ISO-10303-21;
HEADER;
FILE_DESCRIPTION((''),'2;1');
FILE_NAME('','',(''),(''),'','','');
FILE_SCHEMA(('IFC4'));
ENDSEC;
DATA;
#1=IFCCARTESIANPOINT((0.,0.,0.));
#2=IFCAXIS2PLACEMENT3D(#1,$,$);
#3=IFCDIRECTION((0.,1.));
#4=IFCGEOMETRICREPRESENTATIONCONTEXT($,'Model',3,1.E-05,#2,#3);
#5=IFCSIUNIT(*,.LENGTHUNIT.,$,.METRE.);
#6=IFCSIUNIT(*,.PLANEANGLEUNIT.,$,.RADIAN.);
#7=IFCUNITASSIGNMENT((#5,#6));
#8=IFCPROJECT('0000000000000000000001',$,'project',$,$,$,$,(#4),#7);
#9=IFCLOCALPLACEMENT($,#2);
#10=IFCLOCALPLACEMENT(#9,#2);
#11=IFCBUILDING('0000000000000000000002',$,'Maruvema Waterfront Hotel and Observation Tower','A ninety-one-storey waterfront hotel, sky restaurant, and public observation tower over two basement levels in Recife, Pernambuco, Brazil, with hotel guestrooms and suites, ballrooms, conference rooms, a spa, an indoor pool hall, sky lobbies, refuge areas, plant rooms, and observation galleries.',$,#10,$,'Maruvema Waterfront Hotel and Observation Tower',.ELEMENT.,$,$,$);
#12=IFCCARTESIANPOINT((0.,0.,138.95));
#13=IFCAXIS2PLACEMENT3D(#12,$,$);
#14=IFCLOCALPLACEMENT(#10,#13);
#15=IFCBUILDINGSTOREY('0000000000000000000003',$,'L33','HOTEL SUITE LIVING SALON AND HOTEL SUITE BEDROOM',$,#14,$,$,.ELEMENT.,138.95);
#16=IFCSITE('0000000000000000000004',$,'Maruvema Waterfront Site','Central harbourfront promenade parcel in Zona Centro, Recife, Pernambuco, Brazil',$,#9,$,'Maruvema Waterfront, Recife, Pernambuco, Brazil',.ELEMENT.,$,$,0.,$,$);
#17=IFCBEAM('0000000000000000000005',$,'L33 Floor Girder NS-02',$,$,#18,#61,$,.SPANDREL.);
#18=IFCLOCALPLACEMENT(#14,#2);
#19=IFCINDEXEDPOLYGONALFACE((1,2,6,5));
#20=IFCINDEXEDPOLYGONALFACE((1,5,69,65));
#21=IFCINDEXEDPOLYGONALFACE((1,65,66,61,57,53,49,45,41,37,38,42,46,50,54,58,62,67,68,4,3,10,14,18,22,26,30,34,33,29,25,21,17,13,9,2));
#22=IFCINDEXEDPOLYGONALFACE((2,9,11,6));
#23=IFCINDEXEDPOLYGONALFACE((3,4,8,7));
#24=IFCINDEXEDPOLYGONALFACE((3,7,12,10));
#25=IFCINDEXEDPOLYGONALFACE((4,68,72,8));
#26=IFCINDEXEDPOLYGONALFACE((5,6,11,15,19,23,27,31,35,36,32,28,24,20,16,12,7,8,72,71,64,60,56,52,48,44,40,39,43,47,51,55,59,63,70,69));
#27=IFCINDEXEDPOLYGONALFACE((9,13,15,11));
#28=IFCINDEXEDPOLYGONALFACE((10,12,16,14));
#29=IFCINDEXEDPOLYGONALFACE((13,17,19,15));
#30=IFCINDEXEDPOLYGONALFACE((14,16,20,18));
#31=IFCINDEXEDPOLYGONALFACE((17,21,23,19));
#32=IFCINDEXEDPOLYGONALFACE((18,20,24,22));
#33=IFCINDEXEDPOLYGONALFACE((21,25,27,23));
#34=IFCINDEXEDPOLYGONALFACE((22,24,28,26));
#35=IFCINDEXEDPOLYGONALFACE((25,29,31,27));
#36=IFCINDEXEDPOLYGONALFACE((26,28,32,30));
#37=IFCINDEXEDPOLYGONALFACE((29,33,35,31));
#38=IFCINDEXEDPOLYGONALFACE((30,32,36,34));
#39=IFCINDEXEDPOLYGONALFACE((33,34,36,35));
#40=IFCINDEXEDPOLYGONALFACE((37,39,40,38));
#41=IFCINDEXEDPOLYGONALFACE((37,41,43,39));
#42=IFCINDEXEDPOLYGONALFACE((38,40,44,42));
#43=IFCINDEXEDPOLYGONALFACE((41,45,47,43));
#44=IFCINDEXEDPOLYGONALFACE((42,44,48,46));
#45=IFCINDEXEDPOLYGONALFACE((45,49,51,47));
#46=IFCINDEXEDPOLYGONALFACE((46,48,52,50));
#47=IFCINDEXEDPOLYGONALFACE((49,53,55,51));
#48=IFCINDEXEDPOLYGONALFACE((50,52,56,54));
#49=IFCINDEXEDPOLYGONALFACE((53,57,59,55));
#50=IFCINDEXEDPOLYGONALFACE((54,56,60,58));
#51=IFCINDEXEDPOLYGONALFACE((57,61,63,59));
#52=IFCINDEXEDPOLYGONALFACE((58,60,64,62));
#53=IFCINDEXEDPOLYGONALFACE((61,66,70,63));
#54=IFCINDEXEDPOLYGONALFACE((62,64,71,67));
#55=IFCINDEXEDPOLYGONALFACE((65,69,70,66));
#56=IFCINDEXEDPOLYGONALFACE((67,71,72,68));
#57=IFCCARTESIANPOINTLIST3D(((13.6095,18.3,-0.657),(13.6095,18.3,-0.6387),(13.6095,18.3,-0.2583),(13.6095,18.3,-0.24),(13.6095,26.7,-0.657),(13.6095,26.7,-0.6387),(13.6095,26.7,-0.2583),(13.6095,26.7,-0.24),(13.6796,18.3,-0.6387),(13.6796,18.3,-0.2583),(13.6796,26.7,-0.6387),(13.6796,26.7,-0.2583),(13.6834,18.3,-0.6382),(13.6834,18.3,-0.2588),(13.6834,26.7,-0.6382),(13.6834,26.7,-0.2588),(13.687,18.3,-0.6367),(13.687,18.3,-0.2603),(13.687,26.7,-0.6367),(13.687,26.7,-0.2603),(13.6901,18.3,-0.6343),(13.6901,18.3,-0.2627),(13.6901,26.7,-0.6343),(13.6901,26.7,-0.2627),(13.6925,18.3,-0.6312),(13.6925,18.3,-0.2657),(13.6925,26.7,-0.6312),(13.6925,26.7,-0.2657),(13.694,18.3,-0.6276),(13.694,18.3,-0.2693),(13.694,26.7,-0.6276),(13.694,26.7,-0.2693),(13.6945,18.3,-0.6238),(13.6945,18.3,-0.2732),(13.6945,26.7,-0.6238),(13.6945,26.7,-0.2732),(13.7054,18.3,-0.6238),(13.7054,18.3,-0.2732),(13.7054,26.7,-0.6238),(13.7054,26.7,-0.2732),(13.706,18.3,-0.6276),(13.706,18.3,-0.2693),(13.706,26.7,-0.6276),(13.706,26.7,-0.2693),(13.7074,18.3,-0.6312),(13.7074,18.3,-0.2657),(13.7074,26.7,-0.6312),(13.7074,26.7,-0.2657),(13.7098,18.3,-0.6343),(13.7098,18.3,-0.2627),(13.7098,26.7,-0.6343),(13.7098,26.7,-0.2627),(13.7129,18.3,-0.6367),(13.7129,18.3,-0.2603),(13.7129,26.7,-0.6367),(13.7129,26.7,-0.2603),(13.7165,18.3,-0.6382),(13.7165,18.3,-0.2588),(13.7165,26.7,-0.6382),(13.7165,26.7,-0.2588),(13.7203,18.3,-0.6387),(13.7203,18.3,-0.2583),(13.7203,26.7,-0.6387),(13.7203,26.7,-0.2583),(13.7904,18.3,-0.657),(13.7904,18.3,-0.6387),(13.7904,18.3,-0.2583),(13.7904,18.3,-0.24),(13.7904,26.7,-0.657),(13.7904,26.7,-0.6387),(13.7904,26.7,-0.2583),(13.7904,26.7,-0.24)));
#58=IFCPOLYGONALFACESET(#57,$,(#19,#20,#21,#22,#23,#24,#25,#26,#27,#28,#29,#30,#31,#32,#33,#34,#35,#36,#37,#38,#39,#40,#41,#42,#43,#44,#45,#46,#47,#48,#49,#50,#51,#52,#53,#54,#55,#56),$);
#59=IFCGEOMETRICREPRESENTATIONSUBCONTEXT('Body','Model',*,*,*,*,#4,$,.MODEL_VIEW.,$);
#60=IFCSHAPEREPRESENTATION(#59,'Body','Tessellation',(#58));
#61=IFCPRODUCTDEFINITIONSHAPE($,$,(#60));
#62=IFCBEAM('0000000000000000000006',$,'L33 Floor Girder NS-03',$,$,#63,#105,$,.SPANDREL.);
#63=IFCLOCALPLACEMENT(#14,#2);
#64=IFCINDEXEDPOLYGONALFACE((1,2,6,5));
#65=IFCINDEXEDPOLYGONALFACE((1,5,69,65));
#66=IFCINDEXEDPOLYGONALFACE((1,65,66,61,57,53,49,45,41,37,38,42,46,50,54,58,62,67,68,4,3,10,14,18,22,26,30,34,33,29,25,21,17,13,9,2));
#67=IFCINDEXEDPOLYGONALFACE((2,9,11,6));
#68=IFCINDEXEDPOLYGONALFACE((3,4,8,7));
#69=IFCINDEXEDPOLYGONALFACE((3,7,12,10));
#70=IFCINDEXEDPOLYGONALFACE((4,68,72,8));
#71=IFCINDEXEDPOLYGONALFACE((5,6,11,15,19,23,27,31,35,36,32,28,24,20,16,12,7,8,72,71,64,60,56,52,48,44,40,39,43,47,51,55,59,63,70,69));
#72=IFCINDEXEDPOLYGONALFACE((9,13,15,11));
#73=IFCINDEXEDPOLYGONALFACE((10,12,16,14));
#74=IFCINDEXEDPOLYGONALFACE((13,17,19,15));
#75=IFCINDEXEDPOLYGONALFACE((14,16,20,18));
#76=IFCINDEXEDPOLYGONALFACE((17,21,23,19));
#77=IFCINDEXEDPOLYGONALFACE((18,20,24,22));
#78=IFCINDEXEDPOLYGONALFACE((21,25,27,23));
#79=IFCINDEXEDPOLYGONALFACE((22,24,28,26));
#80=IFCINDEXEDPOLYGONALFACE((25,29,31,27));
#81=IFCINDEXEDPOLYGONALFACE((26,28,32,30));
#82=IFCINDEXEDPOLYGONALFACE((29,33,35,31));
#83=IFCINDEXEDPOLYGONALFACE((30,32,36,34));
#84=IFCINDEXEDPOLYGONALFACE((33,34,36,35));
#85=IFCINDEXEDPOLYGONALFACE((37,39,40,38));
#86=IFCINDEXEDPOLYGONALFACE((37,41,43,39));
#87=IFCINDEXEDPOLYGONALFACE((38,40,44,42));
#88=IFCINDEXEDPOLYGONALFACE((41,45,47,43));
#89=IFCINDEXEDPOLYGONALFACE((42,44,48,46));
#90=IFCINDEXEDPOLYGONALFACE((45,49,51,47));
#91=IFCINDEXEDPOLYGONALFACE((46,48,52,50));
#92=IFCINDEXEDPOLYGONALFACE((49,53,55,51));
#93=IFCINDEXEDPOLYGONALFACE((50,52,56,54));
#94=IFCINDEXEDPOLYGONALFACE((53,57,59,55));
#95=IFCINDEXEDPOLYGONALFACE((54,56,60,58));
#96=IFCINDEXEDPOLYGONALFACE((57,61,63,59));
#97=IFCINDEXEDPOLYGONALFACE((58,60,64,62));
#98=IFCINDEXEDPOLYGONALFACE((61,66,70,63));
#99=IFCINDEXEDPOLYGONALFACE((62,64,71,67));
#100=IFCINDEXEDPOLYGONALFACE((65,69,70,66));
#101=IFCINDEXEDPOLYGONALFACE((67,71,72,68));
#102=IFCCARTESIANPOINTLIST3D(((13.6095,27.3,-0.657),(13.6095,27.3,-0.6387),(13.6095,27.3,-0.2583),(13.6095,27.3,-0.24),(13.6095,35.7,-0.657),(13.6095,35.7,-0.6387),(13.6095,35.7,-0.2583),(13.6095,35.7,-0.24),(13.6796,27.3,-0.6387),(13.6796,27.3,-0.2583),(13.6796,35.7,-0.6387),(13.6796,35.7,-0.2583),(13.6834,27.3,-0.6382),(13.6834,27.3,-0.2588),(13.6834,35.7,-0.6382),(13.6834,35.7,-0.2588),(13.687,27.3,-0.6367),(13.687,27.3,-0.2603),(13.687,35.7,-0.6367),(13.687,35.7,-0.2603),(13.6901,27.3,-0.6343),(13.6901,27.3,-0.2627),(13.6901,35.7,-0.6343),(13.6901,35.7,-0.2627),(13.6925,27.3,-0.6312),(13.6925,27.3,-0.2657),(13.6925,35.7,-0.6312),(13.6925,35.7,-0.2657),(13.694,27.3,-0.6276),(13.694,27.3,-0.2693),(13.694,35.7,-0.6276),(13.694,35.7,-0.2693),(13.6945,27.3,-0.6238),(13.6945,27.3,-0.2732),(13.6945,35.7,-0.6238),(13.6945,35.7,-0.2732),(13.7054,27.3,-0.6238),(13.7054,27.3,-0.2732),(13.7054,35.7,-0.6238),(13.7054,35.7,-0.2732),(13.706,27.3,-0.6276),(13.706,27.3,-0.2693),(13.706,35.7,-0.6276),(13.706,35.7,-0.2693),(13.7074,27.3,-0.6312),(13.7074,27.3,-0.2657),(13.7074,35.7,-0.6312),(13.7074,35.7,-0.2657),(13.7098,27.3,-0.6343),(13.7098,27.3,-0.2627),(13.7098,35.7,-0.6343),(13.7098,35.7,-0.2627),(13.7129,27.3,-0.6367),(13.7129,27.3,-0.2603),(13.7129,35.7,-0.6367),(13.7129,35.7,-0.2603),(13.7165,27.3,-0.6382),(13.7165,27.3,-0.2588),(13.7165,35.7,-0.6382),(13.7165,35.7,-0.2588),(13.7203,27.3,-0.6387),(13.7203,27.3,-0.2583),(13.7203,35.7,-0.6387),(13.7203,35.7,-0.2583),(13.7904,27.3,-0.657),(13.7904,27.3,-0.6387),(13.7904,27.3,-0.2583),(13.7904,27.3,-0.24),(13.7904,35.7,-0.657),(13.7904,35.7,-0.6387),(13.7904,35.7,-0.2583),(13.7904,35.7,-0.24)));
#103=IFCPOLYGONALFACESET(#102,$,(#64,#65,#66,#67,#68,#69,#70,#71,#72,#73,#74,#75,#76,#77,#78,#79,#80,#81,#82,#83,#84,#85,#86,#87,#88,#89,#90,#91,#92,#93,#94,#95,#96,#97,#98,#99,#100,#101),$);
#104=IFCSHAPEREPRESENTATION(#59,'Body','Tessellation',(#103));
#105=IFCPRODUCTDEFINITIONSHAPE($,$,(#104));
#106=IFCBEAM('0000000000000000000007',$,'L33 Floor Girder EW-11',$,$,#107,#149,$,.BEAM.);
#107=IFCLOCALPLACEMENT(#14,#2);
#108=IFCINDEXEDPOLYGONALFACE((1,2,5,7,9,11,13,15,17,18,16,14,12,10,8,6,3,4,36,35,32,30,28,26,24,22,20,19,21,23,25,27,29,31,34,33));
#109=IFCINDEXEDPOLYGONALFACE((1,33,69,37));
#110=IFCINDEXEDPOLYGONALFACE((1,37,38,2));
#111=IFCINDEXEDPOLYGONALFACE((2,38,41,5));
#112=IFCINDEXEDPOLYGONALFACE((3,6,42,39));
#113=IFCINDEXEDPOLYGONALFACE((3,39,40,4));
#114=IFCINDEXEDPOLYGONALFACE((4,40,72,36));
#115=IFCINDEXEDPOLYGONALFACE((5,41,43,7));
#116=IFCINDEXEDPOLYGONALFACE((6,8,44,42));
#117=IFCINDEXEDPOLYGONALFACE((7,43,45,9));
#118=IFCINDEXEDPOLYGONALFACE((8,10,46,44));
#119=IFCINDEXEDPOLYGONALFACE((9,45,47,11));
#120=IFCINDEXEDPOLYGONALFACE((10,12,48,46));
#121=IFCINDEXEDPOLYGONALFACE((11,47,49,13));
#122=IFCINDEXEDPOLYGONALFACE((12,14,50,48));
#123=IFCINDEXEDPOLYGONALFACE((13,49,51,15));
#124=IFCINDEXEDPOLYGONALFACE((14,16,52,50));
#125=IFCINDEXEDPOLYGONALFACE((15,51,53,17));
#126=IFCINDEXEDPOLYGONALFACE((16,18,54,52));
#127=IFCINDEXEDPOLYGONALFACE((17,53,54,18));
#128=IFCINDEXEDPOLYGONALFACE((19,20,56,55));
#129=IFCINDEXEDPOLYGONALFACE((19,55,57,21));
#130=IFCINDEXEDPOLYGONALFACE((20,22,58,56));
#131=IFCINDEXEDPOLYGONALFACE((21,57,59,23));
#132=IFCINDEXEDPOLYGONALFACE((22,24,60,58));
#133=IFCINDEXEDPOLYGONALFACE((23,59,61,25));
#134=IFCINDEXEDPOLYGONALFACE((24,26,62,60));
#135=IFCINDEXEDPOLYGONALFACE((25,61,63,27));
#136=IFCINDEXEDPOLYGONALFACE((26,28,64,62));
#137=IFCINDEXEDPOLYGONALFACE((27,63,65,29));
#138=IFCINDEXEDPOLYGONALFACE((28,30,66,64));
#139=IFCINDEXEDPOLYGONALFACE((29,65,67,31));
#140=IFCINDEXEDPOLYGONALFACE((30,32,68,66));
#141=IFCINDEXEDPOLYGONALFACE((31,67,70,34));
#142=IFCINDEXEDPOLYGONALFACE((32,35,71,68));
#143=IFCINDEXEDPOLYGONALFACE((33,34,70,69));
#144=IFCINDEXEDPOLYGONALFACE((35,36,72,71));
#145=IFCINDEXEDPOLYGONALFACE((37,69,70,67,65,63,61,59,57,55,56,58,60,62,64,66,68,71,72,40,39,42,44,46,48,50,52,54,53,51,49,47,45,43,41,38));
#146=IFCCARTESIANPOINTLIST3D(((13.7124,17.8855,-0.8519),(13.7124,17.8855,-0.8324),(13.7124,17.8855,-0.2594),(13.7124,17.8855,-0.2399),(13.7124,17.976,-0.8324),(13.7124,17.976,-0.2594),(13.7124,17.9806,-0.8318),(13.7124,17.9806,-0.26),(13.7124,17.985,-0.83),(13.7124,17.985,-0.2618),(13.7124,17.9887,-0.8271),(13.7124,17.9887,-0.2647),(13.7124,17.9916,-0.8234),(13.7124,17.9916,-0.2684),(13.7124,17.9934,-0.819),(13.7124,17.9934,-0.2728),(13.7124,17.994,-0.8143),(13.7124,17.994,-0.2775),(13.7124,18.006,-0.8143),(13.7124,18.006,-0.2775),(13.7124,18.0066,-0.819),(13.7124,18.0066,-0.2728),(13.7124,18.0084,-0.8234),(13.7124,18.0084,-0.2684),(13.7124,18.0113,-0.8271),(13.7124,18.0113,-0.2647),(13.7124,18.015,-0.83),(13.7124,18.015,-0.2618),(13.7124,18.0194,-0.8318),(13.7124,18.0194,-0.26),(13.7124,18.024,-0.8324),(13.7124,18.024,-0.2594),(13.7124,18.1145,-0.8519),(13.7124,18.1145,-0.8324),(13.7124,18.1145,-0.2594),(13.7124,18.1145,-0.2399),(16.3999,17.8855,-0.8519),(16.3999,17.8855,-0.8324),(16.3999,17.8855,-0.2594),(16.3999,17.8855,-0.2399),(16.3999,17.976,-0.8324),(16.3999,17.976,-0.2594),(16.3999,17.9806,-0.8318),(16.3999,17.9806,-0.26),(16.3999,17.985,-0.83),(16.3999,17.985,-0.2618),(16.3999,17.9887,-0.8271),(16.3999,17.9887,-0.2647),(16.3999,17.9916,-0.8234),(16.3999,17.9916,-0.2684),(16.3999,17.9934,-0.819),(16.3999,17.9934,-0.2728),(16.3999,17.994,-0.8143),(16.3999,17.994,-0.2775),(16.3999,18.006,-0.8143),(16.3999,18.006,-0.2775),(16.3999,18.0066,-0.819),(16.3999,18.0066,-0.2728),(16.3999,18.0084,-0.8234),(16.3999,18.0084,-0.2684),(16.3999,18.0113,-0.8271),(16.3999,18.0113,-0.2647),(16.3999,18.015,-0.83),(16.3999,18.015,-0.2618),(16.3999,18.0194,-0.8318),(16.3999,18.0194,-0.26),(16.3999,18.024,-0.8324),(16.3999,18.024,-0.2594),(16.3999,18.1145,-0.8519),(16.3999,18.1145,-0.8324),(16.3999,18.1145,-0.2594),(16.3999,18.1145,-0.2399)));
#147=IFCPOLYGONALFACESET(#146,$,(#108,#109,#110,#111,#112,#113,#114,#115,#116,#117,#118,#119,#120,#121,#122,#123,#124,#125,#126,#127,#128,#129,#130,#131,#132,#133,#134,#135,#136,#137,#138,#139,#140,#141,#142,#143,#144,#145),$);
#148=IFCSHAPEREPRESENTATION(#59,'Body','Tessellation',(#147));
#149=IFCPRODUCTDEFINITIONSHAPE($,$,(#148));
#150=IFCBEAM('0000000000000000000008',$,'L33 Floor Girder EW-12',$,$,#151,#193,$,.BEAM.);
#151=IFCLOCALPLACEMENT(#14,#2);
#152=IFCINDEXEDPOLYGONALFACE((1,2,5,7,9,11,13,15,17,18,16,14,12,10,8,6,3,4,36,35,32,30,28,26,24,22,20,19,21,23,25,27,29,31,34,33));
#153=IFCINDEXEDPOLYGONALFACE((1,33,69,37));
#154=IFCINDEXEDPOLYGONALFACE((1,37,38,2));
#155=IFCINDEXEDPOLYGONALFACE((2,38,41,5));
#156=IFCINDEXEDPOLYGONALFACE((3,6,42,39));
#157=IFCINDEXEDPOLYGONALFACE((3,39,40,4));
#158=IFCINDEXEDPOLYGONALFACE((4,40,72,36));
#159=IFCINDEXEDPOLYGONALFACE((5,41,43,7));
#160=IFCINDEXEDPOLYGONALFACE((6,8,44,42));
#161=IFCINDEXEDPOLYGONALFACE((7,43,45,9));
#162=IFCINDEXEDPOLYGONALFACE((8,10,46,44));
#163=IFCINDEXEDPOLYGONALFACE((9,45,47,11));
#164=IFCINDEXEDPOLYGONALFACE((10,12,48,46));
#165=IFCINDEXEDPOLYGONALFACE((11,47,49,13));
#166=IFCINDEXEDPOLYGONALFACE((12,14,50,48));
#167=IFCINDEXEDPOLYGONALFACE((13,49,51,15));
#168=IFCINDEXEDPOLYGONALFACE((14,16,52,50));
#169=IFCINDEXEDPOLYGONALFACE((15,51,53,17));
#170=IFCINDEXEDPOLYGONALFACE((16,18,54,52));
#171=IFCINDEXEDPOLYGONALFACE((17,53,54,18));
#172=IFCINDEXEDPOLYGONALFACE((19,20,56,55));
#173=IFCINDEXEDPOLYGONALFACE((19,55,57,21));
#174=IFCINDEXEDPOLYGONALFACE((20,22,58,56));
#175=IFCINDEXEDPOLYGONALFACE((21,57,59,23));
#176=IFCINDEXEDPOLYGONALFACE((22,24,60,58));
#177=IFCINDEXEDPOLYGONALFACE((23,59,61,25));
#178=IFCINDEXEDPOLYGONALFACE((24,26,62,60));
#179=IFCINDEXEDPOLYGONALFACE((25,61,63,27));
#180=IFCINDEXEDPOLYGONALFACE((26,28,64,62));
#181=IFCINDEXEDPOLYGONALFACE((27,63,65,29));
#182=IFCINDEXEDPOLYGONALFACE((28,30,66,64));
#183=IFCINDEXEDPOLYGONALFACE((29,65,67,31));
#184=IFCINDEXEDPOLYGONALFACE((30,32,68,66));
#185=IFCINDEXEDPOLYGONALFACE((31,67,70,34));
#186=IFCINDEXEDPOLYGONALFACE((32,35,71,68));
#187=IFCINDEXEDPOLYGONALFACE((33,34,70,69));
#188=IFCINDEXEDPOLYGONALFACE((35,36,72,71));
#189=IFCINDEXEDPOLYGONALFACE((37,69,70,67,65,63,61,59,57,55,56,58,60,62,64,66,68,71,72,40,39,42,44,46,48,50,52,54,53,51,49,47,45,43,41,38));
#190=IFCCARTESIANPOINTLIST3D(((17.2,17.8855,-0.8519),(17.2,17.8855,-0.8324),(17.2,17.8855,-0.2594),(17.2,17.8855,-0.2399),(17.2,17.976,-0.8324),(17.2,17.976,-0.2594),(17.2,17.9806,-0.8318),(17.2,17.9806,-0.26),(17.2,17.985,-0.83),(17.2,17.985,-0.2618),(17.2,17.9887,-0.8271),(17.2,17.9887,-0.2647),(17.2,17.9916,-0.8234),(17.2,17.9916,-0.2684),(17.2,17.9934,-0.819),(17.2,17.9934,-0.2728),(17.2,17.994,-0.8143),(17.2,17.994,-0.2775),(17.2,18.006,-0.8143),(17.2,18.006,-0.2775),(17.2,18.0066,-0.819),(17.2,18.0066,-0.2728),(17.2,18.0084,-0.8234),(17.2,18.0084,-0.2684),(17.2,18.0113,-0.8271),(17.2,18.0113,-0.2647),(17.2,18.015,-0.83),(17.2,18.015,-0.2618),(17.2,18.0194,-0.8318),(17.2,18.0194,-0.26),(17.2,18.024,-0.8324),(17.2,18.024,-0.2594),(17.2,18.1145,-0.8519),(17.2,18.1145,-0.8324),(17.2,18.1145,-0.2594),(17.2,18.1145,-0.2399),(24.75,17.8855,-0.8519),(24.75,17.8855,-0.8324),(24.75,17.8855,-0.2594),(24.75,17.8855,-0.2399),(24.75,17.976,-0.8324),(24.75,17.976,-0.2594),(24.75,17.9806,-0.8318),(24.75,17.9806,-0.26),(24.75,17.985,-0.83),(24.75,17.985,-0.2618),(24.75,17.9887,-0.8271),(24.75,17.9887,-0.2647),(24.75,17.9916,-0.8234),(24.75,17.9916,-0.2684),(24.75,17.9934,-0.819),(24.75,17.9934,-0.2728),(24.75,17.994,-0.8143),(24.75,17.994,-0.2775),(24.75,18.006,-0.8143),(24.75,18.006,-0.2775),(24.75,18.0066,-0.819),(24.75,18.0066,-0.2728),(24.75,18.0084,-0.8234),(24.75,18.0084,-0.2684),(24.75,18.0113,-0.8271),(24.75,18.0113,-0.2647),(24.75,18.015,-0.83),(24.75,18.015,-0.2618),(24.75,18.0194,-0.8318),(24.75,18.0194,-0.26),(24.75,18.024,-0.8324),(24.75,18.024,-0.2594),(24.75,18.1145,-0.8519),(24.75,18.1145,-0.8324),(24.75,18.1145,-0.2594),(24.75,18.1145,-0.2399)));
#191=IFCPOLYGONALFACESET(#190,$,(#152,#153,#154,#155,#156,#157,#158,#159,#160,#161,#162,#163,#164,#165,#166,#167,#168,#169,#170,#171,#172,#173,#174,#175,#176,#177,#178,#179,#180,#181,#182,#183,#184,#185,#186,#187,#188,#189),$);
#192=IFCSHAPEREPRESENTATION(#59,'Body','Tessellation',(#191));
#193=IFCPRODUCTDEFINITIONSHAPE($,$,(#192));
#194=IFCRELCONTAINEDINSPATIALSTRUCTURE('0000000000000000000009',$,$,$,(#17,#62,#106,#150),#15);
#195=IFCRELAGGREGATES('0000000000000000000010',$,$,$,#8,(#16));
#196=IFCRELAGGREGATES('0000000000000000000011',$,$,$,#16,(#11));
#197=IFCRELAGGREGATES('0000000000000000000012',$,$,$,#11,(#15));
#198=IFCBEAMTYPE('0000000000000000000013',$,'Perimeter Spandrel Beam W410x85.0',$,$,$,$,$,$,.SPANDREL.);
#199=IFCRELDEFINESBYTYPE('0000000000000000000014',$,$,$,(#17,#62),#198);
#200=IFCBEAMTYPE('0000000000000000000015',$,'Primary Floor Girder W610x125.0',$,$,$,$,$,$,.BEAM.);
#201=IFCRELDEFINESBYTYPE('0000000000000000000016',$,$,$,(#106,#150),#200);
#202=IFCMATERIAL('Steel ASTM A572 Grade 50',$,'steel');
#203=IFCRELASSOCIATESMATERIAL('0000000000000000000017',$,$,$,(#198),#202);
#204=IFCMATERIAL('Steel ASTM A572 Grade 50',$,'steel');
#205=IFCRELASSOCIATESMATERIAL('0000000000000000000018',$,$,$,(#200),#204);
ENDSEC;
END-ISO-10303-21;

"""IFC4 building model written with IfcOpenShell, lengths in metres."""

from ifc_helpers import new_model, si_unit, direction, frame, origin, origin_2d, place, context, subcontext, project, spatial, i_section, extrude, material, material_profile, profile_set, type_object, element, save


model = new_model("IFC4")

# Units and contexts
model_context = context("Model", 3, precision=1e-05, world=origin(), true_north=direction((0.0, 1.0)))
body_context = subcontext(model_context, "Body", "Model", "MODEL_VIEW")
ifc_project = project(units=[si_unit("LENGTHUNIT", "METRE"), si_unit("PLANEANGLEUNIT", "RADIAN")], contexts=[model_context])

# Site, building, storey
site_placement = place(None, origin())
site = spatial("IfcSite", under=ifc_project, at=site_placement, Name="Maruvema Waterfront Site", Description="Central harbourfront promenade parcel in Zona Centro, Recife, Pernambuco, Brazil", LongName="Maruvema Waterfront, Recife, Pernambuco, Brazil", CompositionType="ELEMENT", RefElevation=0.0)
building_placement = place(site_placement, origin())
building = spatial("IfcBuilding", under=site, at=building_placement, Name="Maruvema Waterfront Hotel and Observation Tower", Description="A ninety-one-storey waterfront hotel, sky restaurant, and public observation tower over two basement levels in Recife, Pernambuco, Brazil, with hotel guestrooms and suites, ballrooms, conference rooms, a spa, an indoor pool hall, sky lobbies, refuge areas, plant rooms, and observation galleries.", LongName="Maruvema Waterfront Hotel and Observation Tower", CompositionType="ELEMENT")
storey_placement = place(building_placement, frame((0.0, 0.0, 138.95)))
storey = spatial("IfcBuildingStorey", under=building, at=storey_placement, Name="L33", Description="HOTEL SUITE LIVING SALON AND HOTEL SUITE BEDROOM", CompositionType="ELEMENT", Elevation=138.95)

# Beams
ifc_material_1 = material(Name="Steel ASTM A572 Grade 50", Category="steel")
ifc_material_profile_1 = material_profile(ifc_material_1, i_section(OverallWidth=0.1809, OverallDepth=0.417, WebThickness=0.011, FlangeThickness=0.0183, FilletRadius=0.0149, at=origin_2d()), Name="W410x85.0")
ifc_profile_set_1 = profile_set([ifc_material_profile_1], Name="Steel ASTM A572 Grade 50")
beam_type_1 = type_object("IfcBeamType", Name="Perimeter Spandrel Beam W410x85.0", PredefinedType="SPANDREL", material=ifc_profile_set_1)
for number, where, z_axis, x_axis, name in (
    (1, (13.7, 18.3, -0.4485), (0.0, 1.0, 0.0), (-1.0, 0.0, 0.0), "L33 Floor Girder NS-02"),
    (2, (13.7, 27.3, -0.4485), (0.0, 1.0, 0.0), (-1.0, 0.0, 0.0), "L33 Floor Girder NS-03"),
):
    element("IfcBeam", number, at=place(storey_placement, frame(where, z_axis=z_axis, x_axis=x_axis)), inside=storey, type_object=beam_type_1, Name=name, PredefinedType="SPANDREL", context=body_context, shape_type="SweptSolid", body=[
        extrude(i_section(OverallWidth=0.1809, OverallDepth=0.417, WebThickness=0.011, FlangeThickness=0.0183, FilletRadius=0.0149, at=origin_2d()), origin(), (0.0, 0.0, 1.0), 8.3999),
    ])
ifc_material_2 = material(Name="Steel ASTM A572 Grade 50", Category="steel")
ifc_material_profile_2 = material_profile(ifc_material_2, i_section(OverallWidth=0.229, OverallDepth=0.6121, WebThickness=0.012, FlangeThickness=0.0195, FilletRadius=0.0181, at=origin_2d()), Name="W610x125.0")
ifc_profile_set_2 = profile_set([ifc_material_profile_2], Name="Steel ASTM A572 Grade 50")
beam_type_2 = type_object("IfcBeamType", Name="Primary Floor Girder W610x125.0", PredefinedType="BEAM", material=ifc_profile_set_2)
beam_1_placement = place(storey_placement, frame((13.7124, 18.0, -0.5459), z_axis=(1.0, 0.0, 0.0), x_axis=(0.0, 1.0, 0.0)))
element("IfcBeam", 3, at=beam_1_placement, inside=storey, type_object=beam_type_2, Name="L33 Floor Girder EW-11", PredefinedType="BEAM", context=body_context, shape_type="SweptSolid", body=[
    extrude(i_section(OverallWidth=0.229, OverallDepth=0.6121, WebThickness=0.012, FlangeThickness=0.0195, FilletRadius=0.0181, at=origin_2d()), origin(), (0.0, 0.0, 1.0), 2.6875),
])
beam_2_placement = place(storey_placement, frame((17.2, 18.0, -0.5459), z_axis=(1.0, 0.0, 0.0), x_axis=(0.0, 1.0, 0.0)))
element("IfcBeam", 4, at=beam_2_placement, inside=storey, type_object=beam_type_2, Name="L33 Floor Girder EW-12", PredefinedType="BEAM", context=body_context, shape_type="SweptSolid", body=[
    extrude(i_section(OverallWidth=0.229, OverallDepth=0.6121, WebThickness=0.012, FlangeThickness=0.0195, FilletRadius=0.0181, at=origin_2d()), origin(), (0.0, 0.0, 1.0), 7.55),
])

save(model, "model.ifc")
